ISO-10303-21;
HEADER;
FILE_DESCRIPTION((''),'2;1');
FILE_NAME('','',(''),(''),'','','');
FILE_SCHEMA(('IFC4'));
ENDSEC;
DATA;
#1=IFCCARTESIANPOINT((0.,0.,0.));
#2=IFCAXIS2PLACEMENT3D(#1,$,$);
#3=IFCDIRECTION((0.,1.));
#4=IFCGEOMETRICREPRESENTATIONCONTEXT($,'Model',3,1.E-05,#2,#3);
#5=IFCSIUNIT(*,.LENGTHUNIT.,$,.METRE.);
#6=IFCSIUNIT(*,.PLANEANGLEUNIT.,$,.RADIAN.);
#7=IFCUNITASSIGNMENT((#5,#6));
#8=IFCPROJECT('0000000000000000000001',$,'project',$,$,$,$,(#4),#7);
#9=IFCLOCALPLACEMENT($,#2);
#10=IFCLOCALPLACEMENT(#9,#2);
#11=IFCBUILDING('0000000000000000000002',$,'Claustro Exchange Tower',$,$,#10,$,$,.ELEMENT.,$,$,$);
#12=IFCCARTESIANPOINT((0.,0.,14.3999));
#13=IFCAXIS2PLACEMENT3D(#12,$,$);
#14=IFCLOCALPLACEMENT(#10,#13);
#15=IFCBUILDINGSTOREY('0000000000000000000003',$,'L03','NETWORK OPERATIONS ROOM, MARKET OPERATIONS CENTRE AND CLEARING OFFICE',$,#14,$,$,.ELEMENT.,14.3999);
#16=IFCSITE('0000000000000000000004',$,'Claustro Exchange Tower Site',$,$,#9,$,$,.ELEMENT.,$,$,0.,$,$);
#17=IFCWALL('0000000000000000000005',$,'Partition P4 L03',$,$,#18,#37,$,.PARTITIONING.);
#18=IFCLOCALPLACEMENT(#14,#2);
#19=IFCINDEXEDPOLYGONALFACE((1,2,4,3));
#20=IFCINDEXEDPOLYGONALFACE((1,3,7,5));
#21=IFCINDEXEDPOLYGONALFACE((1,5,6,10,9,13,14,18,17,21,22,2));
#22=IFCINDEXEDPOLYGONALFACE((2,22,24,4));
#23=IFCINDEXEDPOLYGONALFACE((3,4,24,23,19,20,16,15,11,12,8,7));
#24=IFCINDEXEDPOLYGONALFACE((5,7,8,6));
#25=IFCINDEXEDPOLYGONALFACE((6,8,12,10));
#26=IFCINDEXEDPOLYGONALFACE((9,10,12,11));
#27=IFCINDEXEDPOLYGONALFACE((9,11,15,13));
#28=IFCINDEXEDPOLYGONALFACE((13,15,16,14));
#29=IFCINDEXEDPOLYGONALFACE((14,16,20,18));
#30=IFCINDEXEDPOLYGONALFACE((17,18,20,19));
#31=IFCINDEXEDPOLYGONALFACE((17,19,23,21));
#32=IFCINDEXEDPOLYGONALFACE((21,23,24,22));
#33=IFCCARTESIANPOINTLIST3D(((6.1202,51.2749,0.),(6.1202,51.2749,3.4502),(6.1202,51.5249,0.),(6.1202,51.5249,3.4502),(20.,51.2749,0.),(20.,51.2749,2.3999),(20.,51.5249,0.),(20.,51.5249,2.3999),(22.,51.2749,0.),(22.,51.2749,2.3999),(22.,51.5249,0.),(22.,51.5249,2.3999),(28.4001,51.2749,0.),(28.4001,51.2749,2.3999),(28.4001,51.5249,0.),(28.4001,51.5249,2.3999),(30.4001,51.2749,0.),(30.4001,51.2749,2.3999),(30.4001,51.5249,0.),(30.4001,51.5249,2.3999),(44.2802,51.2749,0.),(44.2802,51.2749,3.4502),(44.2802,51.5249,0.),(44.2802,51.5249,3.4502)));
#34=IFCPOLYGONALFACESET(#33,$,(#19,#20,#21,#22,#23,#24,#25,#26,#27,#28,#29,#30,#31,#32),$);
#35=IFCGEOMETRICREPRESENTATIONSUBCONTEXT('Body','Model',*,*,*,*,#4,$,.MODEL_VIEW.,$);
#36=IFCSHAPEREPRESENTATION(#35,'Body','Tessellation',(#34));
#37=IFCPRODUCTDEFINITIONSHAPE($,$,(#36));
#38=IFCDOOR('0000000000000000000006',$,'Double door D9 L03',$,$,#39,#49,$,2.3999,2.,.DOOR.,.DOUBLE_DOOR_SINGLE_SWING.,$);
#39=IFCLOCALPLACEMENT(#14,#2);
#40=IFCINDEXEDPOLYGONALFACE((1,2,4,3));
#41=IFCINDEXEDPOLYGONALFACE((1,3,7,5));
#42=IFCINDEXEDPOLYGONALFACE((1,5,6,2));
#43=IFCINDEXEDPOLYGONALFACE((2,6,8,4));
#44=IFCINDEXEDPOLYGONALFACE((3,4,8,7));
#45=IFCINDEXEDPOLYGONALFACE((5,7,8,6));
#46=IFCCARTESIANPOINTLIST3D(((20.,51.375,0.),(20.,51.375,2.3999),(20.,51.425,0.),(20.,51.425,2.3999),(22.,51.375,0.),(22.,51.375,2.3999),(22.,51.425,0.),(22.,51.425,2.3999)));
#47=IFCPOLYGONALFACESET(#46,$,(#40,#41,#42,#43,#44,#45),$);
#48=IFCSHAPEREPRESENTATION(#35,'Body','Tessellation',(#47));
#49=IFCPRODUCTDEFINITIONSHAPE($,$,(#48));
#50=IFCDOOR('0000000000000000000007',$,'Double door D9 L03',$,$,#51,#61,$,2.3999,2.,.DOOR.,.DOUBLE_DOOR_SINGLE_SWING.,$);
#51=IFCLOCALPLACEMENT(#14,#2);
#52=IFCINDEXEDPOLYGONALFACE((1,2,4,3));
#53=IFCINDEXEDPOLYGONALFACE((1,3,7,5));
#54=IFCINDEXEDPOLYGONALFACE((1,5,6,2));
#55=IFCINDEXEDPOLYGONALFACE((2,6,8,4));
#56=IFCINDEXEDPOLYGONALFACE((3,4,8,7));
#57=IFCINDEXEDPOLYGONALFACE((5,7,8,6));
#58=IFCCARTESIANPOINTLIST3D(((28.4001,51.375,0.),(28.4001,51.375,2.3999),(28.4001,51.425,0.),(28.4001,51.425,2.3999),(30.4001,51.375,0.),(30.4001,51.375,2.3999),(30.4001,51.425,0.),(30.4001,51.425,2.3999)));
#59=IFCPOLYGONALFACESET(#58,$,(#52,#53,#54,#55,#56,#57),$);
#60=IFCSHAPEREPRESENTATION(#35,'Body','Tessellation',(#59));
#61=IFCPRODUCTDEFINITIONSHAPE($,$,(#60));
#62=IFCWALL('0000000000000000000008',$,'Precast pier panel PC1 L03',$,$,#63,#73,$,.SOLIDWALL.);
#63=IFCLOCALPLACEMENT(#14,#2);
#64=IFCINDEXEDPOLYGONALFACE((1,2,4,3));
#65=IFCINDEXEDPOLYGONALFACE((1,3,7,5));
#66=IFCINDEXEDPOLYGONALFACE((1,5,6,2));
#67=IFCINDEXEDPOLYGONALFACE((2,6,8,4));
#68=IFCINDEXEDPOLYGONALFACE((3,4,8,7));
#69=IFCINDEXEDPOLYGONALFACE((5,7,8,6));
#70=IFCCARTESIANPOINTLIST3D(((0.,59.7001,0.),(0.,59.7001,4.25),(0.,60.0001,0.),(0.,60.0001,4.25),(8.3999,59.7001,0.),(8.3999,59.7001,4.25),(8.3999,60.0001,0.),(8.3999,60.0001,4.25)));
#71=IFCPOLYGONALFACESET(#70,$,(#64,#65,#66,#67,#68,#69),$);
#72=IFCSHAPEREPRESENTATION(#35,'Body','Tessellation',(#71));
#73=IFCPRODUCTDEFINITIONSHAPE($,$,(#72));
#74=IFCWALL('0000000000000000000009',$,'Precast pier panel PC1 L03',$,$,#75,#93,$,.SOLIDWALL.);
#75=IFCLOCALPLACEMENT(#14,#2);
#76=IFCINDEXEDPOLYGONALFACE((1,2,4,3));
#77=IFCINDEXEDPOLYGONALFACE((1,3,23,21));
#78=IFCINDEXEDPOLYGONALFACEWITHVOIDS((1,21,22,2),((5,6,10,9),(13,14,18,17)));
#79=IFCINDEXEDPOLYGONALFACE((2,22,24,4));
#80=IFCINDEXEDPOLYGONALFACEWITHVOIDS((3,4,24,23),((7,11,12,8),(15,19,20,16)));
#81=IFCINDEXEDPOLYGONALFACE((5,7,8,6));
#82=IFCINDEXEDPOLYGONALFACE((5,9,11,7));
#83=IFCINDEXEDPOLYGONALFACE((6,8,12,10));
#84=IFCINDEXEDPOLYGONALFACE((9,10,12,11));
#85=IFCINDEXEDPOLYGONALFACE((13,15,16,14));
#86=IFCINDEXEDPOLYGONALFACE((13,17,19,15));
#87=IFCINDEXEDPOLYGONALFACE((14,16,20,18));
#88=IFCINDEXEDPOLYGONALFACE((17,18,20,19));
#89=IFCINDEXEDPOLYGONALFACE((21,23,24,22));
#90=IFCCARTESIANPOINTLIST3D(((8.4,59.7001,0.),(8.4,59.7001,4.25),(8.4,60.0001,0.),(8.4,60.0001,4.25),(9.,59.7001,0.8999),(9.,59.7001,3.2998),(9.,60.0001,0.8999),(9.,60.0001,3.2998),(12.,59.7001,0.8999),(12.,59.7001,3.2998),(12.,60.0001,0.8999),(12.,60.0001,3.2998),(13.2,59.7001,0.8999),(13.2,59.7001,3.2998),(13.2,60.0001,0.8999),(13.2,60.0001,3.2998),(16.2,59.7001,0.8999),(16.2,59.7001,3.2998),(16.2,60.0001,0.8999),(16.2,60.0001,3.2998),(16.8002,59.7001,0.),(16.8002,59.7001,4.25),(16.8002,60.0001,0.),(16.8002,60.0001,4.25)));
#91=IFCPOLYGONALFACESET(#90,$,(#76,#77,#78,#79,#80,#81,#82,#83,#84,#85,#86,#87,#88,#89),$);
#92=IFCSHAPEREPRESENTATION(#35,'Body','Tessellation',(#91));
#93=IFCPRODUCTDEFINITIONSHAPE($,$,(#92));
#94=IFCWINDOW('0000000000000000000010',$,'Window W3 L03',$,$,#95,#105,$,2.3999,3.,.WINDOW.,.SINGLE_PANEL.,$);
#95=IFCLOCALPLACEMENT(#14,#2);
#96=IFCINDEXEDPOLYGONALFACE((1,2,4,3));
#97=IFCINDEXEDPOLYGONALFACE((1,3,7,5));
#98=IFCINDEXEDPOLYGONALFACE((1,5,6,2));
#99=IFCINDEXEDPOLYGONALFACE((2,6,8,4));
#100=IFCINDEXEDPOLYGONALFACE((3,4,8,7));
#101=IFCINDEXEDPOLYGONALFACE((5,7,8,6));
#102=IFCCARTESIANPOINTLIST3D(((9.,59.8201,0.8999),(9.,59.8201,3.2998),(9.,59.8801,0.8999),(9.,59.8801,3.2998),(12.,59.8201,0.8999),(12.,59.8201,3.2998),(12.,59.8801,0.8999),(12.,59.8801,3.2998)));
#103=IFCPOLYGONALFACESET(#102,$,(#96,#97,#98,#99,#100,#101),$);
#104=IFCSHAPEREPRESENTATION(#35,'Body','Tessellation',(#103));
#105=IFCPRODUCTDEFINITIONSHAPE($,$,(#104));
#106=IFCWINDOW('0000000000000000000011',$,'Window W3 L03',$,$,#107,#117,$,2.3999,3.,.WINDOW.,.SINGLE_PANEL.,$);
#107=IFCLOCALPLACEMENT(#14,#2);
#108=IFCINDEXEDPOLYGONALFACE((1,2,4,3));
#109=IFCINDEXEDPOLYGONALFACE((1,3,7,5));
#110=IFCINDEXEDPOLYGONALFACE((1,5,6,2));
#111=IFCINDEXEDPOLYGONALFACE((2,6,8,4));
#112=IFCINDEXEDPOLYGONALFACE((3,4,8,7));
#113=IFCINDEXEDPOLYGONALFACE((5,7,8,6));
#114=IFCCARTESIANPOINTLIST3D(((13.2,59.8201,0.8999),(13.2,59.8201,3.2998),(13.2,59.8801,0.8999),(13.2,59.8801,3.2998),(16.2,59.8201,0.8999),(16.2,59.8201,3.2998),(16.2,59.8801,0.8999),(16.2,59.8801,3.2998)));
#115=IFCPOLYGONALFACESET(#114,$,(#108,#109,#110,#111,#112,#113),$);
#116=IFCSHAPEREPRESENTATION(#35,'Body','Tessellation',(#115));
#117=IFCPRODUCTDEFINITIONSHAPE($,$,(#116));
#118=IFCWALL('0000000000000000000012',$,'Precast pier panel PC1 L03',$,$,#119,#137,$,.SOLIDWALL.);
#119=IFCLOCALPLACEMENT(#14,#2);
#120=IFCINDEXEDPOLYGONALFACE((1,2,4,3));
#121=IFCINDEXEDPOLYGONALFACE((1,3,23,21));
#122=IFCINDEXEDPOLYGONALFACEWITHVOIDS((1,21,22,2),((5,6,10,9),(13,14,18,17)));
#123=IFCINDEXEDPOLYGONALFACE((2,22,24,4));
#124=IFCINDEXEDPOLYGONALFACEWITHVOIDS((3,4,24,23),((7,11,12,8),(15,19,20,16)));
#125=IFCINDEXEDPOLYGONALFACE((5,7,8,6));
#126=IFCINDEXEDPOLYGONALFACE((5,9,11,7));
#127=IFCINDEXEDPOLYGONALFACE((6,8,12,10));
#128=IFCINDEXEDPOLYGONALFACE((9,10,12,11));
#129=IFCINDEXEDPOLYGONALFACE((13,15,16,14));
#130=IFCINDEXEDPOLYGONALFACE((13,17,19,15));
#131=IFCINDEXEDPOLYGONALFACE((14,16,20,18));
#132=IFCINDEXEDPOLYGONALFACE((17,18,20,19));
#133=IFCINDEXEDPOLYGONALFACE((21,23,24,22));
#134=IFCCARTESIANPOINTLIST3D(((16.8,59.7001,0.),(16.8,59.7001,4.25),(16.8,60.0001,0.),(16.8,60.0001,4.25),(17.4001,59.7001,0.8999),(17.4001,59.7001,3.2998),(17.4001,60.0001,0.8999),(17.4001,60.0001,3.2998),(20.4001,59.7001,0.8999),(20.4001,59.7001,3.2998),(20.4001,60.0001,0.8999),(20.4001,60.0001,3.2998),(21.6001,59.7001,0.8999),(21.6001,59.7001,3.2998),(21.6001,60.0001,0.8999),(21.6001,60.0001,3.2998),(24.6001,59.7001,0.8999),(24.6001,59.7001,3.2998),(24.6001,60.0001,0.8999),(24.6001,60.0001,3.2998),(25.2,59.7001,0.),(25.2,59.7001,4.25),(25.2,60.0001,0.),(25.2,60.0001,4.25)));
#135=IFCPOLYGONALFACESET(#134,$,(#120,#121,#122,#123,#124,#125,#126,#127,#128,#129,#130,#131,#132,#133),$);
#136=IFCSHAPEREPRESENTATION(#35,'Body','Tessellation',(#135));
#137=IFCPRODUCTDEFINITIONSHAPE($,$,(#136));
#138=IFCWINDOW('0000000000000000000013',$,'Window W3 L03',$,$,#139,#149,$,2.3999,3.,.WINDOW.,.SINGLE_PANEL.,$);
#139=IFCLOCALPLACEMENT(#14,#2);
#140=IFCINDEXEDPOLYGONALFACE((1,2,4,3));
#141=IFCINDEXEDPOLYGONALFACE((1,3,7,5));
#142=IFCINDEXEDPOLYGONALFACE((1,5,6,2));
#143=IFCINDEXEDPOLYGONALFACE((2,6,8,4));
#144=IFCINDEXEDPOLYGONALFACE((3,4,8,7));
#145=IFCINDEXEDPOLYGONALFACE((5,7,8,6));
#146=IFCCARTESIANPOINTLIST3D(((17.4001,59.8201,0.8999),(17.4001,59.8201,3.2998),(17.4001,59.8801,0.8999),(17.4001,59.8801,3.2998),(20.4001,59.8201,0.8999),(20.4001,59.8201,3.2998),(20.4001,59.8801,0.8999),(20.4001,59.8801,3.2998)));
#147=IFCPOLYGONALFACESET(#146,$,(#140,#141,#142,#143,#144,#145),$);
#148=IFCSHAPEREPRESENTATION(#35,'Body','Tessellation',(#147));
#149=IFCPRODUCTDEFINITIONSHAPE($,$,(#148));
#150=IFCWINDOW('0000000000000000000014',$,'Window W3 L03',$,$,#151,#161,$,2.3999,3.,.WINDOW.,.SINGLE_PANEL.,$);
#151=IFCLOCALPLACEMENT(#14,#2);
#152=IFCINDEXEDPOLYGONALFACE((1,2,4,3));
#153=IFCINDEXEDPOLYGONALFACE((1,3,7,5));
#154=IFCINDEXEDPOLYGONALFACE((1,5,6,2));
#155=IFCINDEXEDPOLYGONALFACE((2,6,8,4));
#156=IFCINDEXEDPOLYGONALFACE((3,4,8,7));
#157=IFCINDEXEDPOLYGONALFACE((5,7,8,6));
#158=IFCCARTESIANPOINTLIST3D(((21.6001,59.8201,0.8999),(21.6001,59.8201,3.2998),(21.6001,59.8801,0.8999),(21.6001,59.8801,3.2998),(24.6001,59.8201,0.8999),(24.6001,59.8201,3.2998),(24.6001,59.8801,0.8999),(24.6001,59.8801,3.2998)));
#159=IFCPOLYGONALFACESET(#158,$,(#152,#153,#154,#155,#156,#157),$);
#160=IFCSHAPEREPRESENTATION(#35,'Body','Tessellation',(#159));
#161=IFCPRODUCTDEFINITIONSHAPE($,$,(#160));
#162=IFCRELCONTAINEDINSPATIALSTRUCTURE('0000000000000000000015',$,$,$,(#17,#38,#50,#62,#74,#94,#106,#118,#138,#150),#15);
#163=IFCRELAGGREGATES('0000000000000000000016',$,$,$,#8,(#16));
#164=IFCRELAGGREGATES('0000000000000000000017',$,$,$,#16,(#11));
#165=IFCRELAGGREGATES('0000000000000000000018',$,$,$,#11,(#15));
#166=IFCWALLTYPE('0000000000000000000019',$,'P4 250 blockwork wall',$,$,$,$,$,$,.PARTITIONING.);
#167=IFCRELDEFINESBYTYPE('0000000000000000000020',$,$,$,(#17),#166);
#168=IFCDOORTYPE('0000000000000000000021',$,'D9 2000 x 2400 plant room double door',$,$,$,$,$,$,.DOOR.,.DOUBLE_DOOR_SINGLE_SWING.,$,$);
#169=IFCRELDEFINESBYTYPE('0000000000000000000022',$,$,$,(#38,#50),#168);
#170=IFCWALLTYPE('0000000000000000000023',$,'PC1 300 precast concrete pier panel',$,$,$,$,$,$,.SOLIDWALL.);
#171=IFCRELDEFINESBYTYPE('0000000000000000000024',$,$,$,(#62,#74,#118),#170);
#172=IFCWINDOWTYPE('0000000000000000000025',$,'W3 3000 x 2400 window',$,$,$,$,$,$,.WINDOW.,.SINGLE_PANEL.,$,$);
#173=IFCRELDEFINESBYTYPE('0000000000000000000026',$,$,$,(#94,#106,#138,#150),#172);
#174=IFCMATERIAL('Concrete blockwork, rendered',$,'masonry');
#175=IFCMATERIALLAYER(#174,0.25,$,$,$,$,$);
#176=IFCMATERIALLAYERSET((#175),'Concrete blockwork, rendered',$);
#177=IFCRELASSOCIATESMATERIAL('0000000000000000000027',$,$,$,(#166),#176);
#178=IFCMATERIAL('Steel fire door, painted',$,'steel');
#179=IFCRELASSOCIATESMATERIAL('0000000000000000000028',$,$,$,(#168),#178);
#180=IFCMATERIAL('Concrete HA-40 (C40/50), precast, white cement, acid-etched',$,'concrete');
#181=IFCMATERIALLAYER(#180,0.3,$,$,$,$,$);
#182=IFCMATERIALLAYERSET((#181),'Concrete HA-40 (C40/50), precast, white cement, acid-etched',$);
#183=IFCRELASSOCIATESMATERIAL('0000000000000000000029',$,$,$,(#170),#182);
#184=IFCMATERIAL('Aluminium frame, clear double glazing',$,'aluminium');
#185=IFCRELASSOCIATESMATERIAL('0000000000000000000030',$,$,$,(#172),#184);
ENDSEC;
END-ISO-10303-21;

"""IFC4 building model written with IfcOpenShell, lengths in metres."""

from ifc_helpers import new_model, si_unit, direction, frame, frame_2d, origin, place, context, subcontext, project, spatial, rectangle, extrude, material, layer, layer_set, type_object, element, fill, save


model = new_model("IFC4")

# Units and contexts
model_context = context("Model", 3, precision=1e-05, world=origin(), true_north=direction((0.0, 1.0)))
body_context = subcontext(model_context, "Body", "Model", "MODEL_VIEW")
ifc_project = project(units=[si_unit("LENGTHUNIT", "METRE"), si_unit("PLANEANGLEUNIT", "RADIAN")], contexts=[model_context])

# Site, building, storey
site_placement = place(None, origin())
site = spatial("IfcSite", under=ifc_project, at=site_placement, Name="Claustro Exchange Tower Site", CompositionType="ELEMENT", RefElevation=0.0)
building_placement = place(site_placement, origin())
building = spatial("IfcBuilding", under=site, at=building_placement, Name="Claustro Exchange Tower", CompositionType="ELEMENT")
storey_placement = place(building_placement, frame((0.0, 0.0, 14.3999)))
storey = spatial("IfcBuildingStorey", under=building, at=storey_placement, Name="L03", Description="NETWORK OPERATIONS ROOM, MARKET OPERATIONS CENTRE AND CLEARING OFFICE", CompositionType="ELEMENT", Elevation=14.3999)

# Wall, openings, doors
ifc_material_1 = material(Name="Concrete blockwork, rendered", Category="masonry")
ifc_layer_1 = layer(ifc_material_1, 0.25)
ifc_layer_set_1 = layer_set([ifc_layer_1], Name="Concrete blockwork, rendered")
wall_type_1 = type_object("IfcWallType", Name="P4 250 blockwork wall", PredefinedType="PARTITIONING", material=ifc_layer_set_1)
wall_1_placement = place(storey_placement, frame((6.1201, 51.3999, 0.0), z_axis=(0.0, 0.0, 1.0), x_axis=(1.0, 0.0, 0.0)))
wall_1 = element("IfcWall", 1, at=wall_1_placement, inside=storey, type_object=wall_type_1, Name="Partition P4 L03", PredefinedType="PARTITIONING", context=body_context, shape_type="SweptSolid", body=[
    extrude(rectangle(XDim=38.1599, YDim=0.25, at=frame_2d((19.0801, 0.0))), origin(), (0.0, 0.0, 1.0), 3.4502),
])
opening_1_placement = place(wall_1_placement, frame((13.8799, 0.0, 0.0)))
opening_1 = element("IfcOpeningElement", 2, at=opening_1_placement, cuts=wall_1, PredefinedType="OPENING", context=body_context, shape_type="SweptSolid", body=[
    extrude(rectangle(XDim=2.0, YDim=2.3999, at=frame_2d((1.0, 1.2))), frame((0.0, 0.135, 0.0), z_axis=(0.0, -1.0, 0.0), x_axis=(1.0, 0.0, 0.0)), (0.0, 0.0, 1.0), 0.27),
])
opening_2_placement = place(wall_1_placement, frame((22.28, 0.0, 0.0)))
opening_2 = element("IfcOpeningElement", 3, at=opening_2_placement, cuts=wall_1, PredefinedType="OPENING", context=body_context, shape_type="SweptSolid", body=[
    extrude(rectangle(XDim=2.0, YDim=2.3999, at=frame_2d((1.0, 1.2))), frame((0.0, 0.135, 0.0), z_axis=(0.0, -1.0, 0.0), x_axis=(1.0, 0.0, 0.0)), (0.0, 0.0, 1.0), 0.27),
])
ifc_material_2 = material(Name="Steel fire door, painted", Category="steel")
door_type_1 = type_object("IfcDoorType", Name="D9 2000 x 2400 plant room double door", OperationType="DOUBLE_DOOR_SINGLE_SWING", PredefinedType="DOOR", material=ifc_material_2)
door_1_placement = place(opening_1_placement, frame((2.0, 0.0, 0.0), z_axis=(0.0, 0.0, 1.0), x_axis=(-1.0, 0.0, 0.0)))
door_1 = element("IfcDoor", 4, at=door_1_placement, inside=storey, type_object=door_type_1, Name="Double door D9 L03", OperationType="DOUBLE_DOOR_SINGLE_SWING", OverallHeight=2.3999, OverallWidth=2.0, PredefinedType="DOOR", context=body_context, shape_type="SweptSolid", body=[
    extrude(rectangle(XDim=2.0, YDim=2.3999, at=frame_2d((1.0, 1.2))), frame((0.0, 0.0249, 0.0), z_axis=(0.0, -1.0, 0.0), x_axis=(1.0, 0.0, 0.0)), (0.0, 0.0, 1.0), 0.05),
])
fill(opening_1, door_1)
door_2_placement = place(opening_2_placement, frame((2.0, 0.0, 0.0), z_axis=(0.0, 0.0, 1.0), x_axis=(-1.0, 0.0, 0.0)))
door_2 = element("IfcDoor", 5, at=door_2_placement, inside=storey, type_object=door_type_1, Name="Double door D9 L03", OperationType="DOUBLE_DOOR_SINGLE_SWING", OverallHeight=2.3999, OverallWidth=2.0, PredefinedType="DOOR", context=body_context, shape_type="SweptSolid", body=[
    extrude(rectangle(XDim=2.0, YDim=2.3999, at=frame_2d((1.0, 1.2))), frame((0.0, 0.0249, 0.0), z_axis=(0.0, -1.0, 0.0), x_axis=(1.0, 0.0, 0.0)), (0.0, 0.0, 1.0), 0.05),
])
fill(opening_2, door_2)

# Wall
ifc_material_3 = material(Name="Concrete HA-40 (C40/50), precast, white cement, acid-etched", Category="concrete")
ifc_layer_2 = layer(ifc_material_3, 0.3)
ifc_layer_set_2 = layer_set([ifc_layer_2], Name="Concrete HA-40 (C40/50), precast, white cement, acid-etched")
wall_type_2 = type_object("IfcWallType", Name="PC1 300 precast concrete pier panel", PredefinedType="SOLIDWALL", material=ifc_layer_set_2)
wall_2_placement = place(storey_placement, frame((0.0, 59.8501, 0.0), z_axis=(0.0, 0.0, 1.0), x_axis=(1.0, 0.0, 0.0)))
element("IfcWall", 6, at=wall_2_placement, inside=storey, type_object=wall_type_2, Name="Precast pier panel PC1 L03", PredefinedType="SOLIDWALL", context=body_context, shape_type="SweptSolid", body=[
    extrude(rectangle(XDim=8.3999, YDim=0.3, at=frame_2d((4.2, 0.0))), origin(), (0.0, 0.0, 1.0), 4.25),
])

# Walls, openings, windows
wall_3_placement = place(storey_placement, frame((8.3999, 59.8501, 0.0), z_axis=(0.0, 0.0, 1.0), x_axis=(1.0, 0.0, 0.0)))
wall_3 = element("IfcWall", 7, at=wall_3_placement, inside=storey, type_object=wall_type_2, Name="Precast pier panel PC1 L03", PredefinedType="SOLIDWALL", context=body_context, shape_type="SweptSolid", body=[
    extrude(rectangle(XDim=8.4001, YDim=0.3, at=frame_2d((4.2002, 0.0))), origin(), (0.0, 0.0, 1.0), 4.25),
])
opening_3_placement = place(wall_3_placement, frame((0.6001, 0.0, 0.8999)))
opening_3 = element("IfcOpeningElement", 8, at=opening_3_placement, cuts=wall_3, PredefinedType="OPENING", context=body_context, shape_type="SweptSolid", body=[
    extrude(rectangle(XDim=3.0, YDim=2.3999, at=frame_2d((1.5, 1.2))), frame((0.0, 0.1599, 0.0), z_axis=(0.0, -1.0, 0.0), x_axis=(1.0, 0.0, 0.0)), (0.0, 0.0, 1.0), 0.3201),
])
opening_4_placement = place(wall_3_placement, frame((4.8, 0.0, 0.8999)))
opening_4 = element("IfcOpeningElement", 9, at=opening_4_placement, cuts=wall_3, PredefinedType="OPENING", context=body_context, shape_type="SweptSolid", body=[
    extrude(rectangle(XDim=3.0, YDim=2.3999, at=frame_2d((1.5, 1.2))), frame((0.0, 0.1599, 0.0), z_axis=(0.0, -1.0, 0.0), x_axis=(1.0, 0.0, 0.0)), (0.0, 0.0, 1.0), 0.3201),
])
ifc_material_4 = material(Name="Aluminium frame, clear double glazing", Category="aluminium")
window_type = type_object("IfcWindowType", Name="W3 3000 x 2400 window", PartitioningType="SINGLE_PANEL", PredefinedType="WINDOW", material=ifc_material_4)
window_1_placement = place(opening_3_placement, origin())
window_1 = element("IfcWindow", 10, at=window_1_placement, inside=storey, type_object=window_type, Name="Window W3 L03", OverallHeight=2.3999, OverallWidth=3.0, PartitioningType="SINGLE_PANEL", PredefinedType="WINDOW", context=body_context, shape_type="SweptSolid", body=[
    extrude(rectangle(XDim=3.0, YDim=2.3999, at=frame_2d((1.5, 1.2))), frame((0.0, 0.03, 0.0), z_axis=(0.0, -1.0, 0.0), x_axis=(1.0, 0.0, 0.0)), (0.0, 0.0, 1.0), 0.0601),
])
fill(opening_3, window_1)
window_2_placement = place(opening_4_placement, origin())
window_2 = element("IfcWindow", 11, at=window_2_placement, inside=storey, type_object=window_type, Name="Window W3 L03", OverallHeight=2.3999, OverallWidth=3.0, PartitioningType="SINGLE_PANEL", PredefinedType="WINDOW", context=body_context, shape_type="SweptSolid", body=[
    extrude(rectangle(XDim=3.0, YDim=2.3999, at=frame_2d((1.5, 1.2))), frame((0.0, 0.03, 0.0), z_axis=(0.0, -1.0, 0.0), x_axis=(1.0, 0.0, 0.0)), (0.0, 0.0, 1.0), 0.0601),
])
fill(opening_4, window_2)
wall_4_placement = place(storey_placement, frame((16.8, 59.8501, 0.0), z_axis=(0.0, 0.0, 1.0), x_axis=(1.0, 0.0, 0.0)))
wall_4 = element("IfcWall", 12, at=wall_4_placement, inside=storey, type_object=wall_type_2, Name="Precast pier panel PC1 L03", PredefinedType="SOLIDWALL", context=body_context, shape_type="SweptSolid", body=[
    extrude(rectangle(XDim=8.3999, YDim=0.3, at=frame_2d((4.2, 0.0))), origin(), (0.0, 0.0, 1.0), 4.25),
])
opening_5_placement = place(wall_4_placement, frame((0.6001, 0.0, 0.8999)))
opening_5 = element("IfcOpeningElement", 13, at=opening_5_placement, cuts=wall_4, PredefinedType="OPENING", context=body_context, shape_type="SweptSolid", body=[
    extrude(rectangle(XDim=3.0, YDim=2.3999, at=frame_2d((1.5, 1.2))), frame((0.0, 0.1599, 0.0), z_axis=(0.0, -1.0, 0.0), x_axis=(1.0, 0.0, 0.0)), (0.0, 0.0, 1.0), 0.3201),
])
opening_6_placement = place(wall_4_placement, frame((4.8, 0.0, 0.8999)))
opening_6 = element("IfcOpeningElement", 14, at=opening_6_placement, cuts=wall_4, PredefinedType="OPENING", context=body_context, shape_type="SweptSolid", body=[
    extrude(rectangle(XDim=3.0, YDim=2.3999, at=frame_2d((1.5, 1.2))), frame((0.0, 0.1599, 0.0), z_axis=(0.0, -1.0, 0.0), x_axis=(1.0, 0.0, 0.0)), (0.0, 0.0, 1.0), 0.3201),
])
window_3_placement = place(opening_5_placement, origin())
window_3 = element("IfcWindow", 15, at=window_3_placement, inside=storey, type_object=window_type, Name="Window W3 L03", OverallHeight=2.3999, OverallWidth=3.0, PartitioningType="SINGLE_PANEL", PredefinedType="WINDOW", context=body_context, shape_type="SweptSolid", body=[
    extrude(rectangle(XDim=3.0, YDim=2.3999, at=frame_2d((1.5, 1.2))), frame((0.0, 0.03, 0.0), z_axis=(0.0, -1.0, 0.0), x_axis=(1.0, 0.0, 0.0)), (0.0, 0.0, 1.0), 0.0601),
])
fill(opening_5, window_3)
window_4_placement = place(opening_6_placement, origin())
window_4 = element("IfcWindow", 16, at=window_4_placement, inside=storey, type_object=window_type, Name="Window W3 L03", OverallHeight=2.3999, OverallWidth=3.0, PartitioningType="SINGLE_PANEL", PredefinedType="WINDOW", context=body_context, shape_type="SweptSolid", body=[
    extrude(rectangle(XDim=3.0, YDim=2.3999, at=frame_2d((1.5, 1.2))), frame((0.0, 0.03, 0.0), z_axis=(0.0, -1.0, 0.0), x_axis=(1.0, 0.0, 0.0)), (0.0, 0.0, 1.0), 0.0601),
])
fill(opening_6, window_4)

save(model, "model.ifc")
